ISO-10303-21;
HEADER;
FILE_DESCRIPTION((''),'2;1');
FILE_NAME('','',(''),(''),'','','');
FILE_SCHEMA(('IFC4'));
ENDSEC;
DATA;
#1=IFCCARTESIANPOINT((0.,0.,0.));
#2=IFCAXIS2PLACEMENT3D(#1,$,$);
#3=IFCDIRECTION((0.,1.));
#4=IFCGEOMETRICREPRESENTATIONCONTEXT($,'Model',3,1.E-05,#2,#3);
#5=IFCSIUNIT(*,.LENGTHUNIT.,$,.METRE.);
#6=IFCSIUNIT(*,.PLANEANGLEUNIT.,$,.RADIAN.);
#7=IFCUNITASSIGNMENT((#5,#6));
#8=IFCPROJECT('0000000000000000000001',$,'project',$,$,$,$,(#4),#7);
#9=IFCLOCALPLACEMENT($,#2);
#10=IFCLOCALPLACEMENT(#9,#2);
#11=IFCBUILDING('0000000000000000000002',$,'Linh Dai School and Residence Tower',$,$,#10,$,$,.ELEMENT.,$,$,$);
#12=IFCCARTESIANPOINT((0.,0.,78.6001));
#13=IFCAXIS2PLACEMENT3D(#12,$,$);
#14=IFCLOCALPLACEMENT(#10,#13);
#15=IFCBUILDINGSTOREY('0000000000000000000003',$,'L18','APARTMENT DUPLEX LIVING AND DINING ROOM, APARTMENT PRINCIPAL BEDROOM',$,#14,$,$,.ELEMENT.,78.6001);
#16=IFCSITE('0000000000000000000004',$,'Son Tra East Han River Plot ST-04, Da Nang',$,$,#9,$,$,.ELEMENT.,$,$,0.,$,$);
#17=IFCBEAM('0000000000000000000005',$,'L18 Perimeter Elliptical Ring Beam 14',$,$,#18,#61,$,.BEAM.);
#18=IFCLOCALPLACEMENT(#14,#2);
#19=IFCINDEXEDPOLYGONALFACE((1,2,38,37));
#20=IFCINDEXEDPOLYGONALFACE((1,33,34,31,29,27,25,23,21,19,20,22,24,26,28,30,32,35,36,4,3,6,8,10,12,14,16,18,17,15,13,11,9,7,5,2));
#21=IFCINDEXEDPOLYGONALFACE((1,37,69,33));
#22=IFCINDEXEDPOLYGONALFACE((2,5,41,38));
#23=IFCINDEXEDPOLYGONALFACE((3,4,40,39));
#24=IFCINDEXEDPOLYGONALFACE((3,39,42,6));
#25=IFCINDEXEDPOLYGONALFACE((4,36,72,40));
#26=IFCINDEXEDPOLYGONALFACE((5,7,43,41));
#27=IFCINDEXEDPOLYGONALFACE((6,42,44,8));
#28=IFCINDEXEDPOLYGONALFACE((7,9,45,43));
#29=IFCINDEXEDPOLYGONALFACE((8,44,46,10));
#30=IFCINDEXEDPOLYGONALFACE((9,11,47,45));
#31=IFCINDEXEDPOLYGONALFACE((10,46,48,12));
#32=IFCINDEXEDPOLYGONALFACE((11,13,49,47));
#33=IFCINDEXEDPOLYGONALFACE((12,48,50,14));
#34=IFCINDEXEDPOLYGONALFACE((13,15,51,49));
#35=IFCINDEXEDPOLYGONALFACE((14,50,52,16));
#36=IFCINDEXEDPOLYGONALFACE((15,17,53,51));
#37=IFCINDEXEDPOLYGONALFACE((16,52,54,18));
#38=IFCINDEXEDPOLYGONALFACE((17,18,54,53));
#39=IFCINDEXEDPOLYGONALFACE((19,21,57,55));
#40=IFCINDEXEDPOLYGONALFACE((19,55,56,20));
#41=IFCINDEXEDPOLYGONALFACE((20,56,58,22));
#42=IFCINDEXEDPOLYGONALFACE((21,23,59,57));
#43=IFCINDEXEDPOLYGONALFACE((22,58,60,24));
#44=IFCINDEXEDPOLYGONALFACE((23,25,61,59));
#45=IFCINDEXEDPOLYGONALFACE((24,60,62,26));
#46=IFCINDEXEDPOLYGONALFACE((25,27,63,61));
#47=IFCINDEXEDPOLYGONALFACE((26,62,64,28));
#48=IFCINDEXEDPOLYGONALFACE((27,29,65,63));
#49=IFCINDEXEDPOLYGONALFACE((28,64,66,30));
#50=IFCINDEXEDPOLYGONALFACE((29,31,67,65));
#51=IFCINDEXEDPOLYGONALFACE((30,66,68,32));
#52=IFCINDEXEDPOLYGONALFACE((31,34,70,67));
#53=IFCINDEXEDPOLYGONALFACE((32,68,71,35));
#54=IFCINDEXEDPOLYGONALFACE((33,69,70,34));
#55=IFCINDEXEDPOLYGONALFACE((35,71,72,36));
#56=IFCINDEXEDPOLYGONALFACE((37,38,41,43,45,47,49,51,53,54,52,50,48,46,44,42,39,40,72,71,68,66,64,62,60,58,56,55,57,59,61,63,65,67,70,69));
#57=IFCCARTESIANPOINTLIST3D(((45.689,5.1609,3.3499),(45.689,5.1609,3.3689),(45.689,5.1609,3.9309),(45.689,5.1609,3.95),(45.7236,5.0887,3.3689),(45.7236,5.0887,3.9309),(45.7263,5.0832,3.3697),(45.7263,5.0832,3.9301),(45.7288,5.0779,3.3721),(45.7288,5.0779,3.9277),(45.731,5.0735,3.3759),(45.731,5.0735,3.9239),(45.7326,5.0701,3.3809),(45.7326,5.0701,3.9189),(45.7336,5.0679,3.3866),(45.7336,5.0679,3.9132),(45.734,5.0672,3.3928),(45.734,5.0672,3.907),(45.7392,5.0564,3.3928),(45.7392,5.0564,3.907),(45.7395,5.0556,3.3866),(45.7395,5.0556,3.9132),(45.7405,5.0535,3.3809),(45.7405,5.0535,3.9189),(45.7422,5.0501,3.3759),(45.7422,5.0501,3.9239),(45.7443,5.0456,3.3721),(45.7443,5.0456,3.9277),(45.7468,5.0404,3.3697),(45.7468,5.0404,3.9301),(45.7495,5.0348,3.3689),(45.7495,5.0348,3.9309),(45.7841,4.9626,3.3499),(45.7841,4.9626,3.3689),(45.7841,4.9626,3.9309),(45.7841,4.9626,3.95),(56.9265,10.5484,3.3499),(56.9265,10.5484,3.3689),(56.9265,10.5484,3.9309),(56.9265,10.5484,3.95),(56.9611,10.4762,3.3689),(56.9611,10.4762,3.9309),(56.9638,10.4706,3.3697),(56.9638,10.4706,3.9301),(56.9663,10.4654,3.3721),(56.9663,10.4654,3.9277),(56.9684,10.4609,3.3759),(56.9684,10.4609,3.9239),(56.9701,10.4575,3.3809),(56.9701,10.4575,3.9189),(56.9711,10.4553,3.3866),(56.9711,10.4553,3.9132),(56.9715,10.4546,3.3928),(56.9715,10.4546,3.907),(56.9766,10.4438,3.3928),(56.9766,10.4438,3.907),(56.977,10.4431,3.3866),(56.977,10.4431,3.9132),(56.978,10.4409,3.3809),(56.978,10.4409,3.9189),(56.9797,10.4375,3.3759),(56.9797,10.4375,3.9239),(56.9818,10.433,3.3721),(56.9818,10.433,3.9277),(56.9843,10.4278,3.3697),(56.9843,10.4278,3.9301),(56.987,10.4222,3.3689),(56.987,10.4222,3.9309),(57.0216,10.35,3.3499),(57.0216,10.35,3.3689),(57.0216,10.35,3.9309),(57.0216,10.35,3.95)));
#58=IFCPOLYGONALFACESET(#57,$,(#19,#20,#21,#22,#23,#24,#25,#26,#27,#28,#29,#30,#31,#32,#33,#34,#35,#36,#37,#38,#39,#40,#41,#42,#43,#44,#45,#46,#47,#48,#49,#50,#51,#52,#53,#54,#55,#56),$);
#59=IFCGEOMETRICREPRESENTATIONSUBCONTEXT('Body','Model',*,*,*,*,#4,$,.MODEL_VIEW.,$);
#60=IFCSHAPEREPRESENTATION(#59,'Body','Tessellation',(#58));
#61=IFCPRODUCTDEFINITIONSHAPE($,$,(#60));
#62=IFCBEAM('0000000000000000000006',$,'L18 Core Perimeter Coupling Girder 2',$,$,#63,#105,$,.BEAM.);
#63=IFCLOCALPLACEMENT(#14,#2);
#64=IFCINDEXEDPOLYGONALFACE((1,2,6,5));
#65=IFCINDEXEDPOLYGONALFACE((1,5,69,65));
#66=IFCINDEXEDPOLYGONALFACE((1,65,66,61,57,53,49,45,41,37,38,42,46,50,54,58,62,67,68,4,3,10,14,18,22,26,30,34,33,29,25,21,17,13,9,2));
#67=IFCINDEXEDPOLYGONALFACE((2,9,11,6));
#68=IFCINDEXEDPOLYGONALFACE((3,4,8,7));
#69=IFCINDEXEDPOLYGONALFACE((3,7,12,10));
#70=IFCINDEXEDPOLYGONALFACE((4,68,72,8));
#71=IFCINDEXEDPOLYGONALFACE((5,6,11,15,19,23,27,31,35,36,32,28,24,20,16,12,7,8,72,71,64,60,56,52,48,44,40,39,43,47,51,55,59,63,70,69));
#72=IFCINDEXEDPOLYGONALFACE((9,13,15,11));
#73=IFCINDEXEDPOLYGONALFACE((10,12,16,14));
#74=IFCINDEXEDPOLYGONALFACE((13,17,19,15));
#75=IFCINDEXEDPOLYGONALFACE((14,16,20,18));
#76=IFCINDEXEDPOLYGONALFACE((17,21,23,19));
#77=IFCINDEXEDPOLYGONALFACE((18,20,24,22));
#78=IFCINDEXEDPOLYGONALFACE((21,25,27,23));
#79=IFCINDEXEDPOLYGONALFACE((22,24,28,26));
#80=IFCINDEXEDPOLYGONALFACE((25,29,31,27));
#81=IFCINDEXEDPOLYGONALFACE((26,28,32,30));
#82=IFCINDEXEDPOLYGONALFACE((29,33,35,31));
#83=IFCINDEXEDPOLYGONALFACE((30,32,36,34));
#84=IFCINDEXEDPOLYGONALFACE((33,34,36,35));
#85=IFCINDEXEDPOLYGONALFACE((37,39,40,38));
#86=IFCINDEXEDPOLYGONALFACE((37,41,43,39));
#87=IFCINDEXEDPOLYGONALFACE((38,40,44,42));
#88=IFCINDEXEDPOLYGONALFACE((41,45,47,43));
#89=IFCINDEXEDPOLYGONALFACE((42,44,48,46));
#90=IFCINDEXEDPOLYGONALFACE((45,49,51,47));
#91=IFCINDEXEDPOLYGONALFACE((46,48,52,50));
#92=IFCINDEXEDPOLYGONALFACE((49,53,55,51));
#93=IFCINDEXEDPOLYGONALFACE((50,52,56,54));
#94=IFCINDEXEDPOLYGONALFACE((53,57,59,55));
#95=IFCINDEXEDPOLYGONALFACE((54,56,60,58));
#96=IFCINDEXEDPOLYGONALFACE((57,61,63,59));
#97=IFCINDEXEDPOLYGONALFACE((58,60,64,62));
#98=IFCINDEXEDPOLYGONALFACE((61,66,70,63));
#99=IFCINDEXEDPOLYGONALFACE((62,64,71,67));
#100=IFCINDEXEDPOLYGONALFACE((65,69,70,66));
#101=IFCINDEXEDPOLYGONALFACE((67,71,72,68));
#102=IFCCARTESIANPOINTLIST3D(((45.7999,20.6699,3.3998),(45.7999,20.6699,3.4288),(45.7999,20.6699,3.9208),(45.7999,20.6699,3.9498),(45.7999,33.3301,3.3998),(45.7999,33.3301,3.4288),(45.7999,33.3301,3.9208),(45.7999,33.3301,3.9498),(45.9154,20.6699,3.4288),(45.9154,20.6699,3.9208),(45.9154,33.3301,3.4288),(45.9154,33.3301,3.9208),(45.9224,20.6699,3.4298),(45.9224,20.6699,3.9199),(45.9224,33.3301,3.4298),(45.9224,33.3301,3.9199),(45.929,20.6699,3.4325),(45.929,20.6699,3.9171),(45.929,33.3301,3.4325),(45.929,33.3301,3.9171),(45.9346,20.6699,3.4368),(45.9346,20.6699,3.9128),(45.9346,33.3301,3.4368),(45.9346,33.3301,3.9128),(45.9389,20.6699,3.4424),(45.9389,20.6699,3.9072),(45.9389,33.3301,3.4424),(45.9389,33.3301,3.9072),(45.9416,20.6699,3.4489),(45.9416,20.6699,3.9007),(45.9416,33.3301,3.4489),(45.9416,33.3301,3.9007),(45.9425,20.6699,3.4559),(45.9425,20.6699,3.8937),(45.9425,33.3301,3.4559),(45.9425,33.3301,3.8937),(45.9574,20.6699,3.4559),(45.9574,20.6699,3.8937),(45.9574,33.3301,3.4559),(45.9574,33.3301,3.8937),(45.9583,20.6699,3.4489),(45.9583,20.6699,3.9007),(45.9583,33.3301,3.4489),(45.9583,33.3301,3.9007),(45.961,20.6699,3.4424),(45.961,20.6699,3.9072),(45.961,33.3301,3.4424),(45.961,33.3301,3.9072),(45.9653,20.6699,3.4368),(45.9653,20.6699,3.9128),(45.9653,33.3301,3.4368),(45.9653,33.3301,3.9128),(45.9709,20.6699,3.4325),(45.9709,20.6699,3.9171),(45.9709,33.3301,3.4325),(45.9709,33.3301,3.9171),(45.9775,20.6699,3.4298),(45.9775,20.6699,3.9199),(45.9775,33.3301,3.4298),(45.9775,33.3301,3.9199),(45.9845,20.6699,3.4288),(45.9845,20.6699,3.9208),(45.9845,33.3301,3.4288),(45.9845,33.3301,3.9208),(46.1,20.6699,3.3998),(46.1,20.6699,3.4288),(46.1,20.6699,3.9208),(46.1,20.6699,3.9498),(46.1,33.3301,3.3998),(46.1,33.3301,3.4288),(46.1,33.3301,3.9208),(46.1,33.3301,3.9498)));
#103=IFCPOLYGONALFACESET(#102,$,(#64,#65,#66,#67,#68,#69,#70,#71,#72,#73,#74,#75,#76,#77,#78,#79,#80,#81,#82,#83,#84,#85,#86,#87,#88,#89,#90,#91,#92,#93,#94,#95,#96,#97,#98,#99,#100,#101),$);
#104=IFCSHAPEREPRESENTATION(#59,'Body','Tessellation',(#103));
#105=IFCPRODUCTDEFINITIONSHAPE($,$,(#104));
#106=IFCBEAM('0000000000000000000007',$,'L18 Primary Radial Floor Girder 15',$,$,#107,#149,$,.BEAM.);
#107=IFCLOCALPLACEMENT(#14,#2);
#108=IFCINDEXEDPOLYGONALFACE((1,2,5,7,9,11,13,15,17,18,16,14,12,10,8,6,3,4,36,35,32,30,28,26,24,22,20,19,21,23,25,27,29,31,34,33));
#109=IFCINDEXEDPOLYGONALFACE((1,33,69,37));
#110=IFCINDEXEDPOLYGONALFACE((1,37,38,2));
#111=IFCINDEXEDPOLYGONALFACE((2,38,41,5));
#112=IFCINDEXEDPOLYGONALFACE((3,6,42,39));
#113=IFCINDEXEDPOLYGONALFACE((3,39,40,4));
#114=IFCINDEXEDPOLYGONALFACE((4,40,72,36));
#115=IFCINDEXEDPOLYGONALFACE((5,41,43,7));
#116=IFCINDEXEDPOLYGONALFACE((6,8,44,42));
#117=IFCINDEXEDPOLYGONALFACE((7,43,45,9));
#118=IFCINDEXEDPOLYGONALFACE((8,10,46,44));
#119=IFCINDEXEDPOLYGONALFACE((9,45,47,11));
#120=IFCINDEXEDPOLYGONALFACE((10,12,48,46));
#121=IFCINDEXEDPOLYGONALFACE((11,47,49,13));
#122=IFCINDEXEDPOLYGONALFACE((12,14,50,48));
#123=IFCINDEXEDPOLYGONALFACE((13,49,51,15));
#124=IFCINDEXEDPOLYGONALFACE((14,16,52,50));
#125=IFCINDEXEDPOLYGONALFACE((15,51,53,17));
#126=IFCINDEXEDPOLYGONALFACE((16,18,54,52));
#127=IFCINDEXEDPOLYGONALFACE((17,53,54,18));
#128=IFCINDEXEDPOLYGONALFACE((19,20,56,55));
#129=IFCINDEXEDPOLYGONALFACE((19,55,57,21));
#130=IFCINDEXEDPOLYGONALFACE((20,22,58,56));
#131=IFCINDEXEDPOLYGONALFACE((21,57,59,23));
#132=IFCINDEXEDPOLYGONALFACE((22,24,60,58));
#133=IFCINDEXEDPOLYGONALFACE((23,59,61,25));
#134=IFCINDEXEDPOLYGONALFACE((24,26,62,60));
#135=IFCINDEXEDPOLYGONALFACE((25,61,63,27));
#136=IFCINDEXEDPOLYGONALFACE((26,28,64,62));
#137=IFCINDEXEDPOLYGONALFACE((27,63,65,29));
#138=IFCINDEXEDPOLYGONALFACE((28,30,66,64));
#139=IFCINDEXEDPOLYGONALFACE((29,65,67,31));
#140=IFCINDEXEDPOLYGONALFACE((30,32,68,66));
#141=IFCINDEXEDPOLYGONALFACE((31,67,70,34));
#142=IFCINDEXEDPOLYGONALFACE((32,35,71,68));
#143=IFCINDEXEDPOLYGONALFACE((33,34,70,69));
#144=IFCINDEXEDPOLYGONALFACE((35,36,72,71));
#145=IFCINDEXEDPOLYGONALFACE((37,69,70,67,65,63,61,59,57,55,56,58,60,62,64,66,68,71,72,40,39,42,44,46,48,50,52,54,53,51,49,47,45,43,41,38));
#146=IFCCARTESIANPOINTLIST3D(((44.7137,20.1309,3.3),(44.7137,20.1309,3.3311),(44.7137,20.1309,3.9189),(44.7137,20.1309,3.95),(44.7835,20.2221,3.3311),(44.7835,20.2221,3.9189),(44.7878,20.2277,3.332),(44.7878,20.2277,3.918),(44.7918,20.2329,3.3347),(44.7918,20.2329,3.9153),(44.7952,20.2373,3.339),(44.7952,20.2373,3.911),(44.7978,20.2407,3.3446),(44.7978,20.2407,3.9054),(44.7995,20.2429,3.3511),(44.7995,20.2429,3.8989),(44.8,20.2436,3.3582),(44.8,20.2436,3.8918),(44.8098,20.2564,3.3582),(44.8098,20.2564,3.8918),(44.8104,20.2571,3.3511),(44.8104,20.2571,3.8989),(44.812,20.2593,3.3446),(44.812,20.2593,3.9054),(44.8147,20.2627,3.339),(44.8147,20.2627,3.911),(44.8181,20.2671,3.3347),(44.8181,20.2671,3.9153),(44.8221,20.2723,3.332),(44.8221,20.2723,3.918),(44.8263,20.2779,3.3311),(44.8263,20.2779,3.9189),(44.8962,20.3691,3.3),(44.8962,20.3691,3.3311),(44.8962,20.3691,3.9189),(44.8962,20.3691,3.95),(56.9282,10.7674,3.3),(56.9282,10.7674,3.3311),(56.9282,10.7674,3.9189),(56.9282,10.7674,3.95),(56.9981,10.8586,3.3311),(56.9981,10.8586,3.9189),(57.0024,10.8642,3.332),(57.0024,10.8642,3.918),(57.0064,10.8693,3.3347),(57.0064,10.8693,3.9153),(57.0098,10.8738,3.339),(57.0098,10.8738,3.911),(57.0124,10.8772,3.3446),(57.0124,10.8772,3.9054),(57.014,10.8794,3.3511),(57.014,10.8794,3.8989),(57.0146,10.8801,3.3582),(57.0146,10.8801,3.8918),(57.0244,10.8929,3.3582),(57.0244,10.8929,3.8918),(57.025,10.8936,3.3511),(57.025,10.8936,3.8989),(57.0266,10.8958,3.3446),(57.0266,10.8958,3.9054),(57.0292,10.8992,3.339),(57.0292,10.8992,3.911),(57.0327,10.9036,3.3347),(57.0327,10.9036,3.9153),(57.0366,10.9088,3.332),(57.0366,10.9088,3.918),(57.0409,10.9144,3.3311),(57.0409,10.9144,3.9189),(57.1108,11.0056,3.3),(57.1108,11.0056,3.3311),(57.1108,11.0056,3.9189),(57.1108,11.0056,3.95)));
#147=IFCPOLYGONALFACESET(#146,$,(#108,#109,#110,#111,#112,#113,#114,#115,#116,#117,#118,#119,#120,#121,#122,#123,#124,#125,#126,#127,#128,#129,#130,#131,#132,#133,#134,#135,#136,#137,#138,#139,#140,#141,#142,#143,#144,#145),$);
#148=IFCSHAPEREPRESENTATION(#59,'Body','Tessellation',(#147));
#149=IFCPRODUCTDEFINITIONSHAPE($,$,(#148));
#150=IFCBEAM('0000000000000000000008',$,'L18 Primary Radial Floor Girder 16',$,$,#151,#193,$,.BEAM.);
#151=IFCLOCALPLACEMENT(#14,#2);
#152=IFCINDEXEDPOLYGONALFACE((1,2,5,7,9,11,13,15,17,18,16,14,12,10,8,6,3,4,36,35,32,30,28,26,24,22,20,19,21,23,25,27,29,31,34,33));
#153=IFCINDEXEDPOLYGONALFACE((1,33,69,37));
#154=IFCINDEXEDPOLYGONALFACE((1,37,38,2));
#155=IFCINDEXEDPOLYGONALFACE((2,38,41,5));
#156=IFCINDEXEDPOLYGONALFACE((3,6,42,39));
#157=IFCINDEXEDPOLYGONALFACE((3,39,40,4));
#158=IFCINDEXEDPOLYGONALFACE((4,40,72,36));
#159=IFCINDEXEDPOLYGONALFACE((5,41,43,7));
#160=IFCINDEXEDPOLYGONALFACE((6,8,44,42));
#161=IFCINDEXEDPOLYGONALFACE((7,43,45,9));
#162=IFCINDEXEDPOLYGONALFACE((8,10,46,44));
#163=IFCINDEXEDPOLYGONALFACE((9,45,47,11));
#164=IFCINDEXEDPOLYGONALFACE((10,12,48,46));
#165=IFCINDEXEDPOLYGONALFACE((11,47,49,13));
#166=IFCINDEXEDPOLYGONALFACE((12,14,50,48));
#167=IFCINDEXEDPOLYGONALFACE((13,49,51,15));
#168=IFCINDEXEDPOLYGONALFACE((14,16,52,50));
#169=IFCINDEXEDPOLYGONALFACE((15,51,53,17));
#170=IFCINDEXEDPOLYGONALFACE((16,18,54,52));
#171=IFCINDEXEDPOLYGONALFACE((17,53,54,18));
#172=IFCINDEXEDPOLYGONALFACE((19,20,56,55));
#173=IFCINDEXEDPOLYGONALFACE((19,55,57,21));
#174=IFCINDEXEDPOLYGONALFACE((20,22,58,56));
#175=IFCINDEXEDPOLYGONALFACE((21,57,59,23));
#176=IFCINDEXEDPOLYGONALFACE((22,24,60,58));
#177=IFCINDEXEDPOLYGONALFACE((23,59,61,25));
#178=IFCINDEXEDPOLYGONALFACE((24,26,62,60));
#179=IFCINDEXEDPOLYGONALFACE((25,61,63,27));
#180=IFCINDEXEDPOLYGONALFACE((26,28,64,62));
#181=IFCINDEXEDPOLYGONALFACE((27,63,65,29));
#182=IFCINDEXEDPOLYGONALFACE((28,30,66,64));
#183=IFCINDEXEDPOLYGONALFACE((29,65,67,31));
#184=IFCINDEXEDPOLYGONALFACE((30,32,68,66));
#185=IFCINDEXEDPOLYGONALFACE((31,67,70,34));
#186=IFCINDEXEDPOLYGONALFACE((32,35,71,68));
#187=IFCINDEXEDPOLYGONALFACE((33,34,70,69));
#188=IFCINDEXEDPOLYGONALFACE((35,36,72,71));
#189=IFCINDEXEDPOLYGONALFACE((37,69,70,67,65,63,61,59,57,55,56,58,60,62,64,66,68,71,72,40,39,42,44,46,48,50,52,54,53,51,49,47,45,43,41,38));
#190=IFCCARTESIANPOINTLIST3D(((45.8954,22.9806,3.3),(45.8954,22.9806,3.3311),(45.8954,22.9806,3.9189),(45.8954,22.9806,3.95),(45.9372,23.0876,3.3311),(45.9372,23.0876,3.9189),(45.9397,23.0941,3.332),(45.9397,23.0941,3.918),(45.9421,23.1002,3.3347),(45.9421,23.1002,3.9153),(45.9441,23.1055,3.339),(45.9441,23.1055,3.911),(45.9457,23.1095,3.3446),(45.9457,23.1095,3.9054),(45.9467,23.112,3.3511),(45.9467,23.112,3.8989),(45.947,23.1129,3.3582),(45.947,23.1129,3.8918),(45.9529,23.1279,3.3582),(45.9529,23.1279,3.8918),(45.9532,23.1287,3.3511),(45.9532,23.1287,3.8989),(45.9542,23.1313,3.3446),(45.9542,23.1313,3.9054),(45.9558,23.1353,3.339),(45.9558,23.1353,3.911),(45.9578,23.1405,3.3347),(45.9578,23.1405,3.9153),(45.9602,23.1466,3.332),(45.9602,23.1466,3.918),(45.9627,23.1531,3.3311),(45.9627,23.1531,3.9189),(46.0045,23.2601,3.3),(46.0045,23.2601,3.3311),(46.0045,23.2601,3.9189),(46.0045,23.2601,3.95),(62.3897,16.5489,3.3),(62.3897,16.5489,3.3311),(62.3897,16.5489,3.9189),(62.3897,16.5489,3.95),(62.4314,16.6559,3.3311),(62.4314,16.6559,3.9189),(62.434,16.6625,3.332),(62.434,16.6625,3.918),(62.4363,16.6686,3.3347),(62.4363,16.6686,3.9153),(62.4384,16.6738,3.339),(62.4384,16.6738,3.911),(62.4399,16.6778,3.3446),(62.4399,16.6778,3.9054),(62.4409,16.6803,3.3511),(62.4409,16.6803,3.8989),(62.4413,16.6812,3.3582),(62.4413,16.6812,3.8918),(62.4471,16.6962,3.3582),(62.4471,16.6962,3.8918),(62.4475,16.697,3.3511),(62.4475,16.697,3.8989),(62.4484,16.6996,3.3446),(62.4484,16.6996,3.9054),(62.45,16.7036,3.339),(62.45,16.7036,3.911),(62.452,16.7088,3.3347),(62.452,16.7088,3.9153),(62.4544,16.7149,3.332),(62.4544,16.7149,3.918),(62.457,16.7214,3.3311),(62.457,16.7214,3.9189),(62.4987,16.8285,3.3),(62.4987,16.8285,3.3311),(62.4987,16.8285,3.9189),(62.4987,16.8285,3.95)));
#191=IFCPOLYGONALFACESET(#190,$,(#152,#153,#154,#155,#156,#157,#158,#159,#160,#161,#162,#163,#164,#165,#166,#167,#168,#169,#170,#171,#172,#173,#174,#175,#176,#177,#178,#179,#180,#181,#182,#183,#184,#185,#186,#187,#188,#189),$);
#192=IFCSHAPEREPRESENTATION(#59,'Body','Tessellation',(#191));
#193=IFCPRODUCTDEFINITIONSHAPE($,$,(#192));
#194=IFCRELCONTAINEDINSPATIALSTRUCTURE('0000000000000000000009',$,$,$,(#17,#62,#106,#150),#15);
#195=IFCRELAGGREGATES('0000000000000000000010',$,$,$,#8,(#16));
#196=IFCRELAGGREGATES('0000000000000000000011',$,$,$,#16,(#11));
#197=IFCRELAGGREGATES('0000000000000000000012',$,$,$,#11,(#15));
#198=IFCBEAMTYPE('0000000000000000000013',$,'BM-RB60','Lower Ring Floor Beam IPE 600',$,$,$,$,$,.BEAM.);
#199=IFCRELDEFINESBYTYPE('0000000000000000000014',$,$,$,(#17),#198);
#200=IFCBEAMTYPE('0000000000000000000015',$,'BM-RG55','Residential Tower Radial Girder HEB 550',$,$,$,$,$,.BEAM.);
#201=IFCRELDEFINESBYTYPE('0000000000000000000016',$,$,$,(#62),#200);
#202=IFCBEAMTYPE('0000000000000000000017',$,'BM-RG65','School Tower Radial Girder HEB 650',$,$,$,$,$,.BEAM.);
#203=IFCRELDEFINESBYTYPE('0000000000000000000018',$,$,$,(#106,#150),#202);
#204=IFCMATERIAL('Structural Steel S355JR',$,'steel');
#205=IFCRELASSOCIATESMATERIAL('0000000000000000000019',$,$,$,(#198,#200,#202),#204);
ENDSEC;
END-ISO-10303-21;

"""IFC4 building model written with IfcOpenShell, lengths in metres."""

from ifc_helpers import new_model, si_unit, direction, frame, origin, origin_2d, place, context, subcontext, project, spatial, i_section, extrude, material, material_profile, profile_set, type_object, element, save


model = new_model("IFC4")

# Units and contexts
model_context = context("Model", 3, precision=1e-05, world=origin(), true_north=direction((0.0, 1.0)))
body_context = subcontext(model_context, "Body", "Model", "MODEL_VIEW")
ifc_project = project(units=[si_unit("LENGTHUNIT", "METRE"), si_unit("PLANEANGLEUNIT", "RADIAN")], contexts=[model_context])

# Site, building, storey
site_placement = place(None, origin())
site = spatial("IfcSite", under=ifc_project, at=site_placement, Name="Son Tra East Han River Plot ST-04, Da Nang", CompositionType="ELEMENT", RefElevation=0.0)
building_placement = place(site_placement, origin())
building = spatial("IfcBuilding", under=site, at=building_placement, Name="Linh Dai School and Residence Tower", CompositionType="ELEMENT")
storey_placement = place(building_placement, frame((0.0, 0.0, 78.6001)))
storey = spatial("IfcBuildingStorey", under=building, at=storey_placement, Name="L18", Description="APARTMENT DUPLEX LIVING AND DINING ROOM, APARTMENT PRINCIPAL BEDROOM", CompositionType="ELEMENT", Elevation=78.6001)

# Shared definitions
ifc_material_1 = material(Name="Structural Steel S355JR", Category="steel")

# Beams
ifc_material_profile_1 = material_profile(ifc_material_1, i_section(OverallWidth=0.22, OverallDepth=0.6001, WebThickness=0.012, FlangeThickness=0.019, FilletRadius=0.0239, at=origin_2d()), Name="IPE 600")
ifc_profile_set_1 = profile_set([ifc_material_profile_1], Name="Structural Steel S355JR")
beam_type_1 = type_object("IfcBeamType", Name="BM-RB60", Description="Lower Ring Floor Beam IPE 600", PredefinedType="BEAM", material=ifc_profile_set_1)
beam_1_placement = place(storey_placement, frame((45.7366, 5.0618, 3.6499), z_axis=(0.901729, 0.432302, 0.0), x_axis=(-0.432302, 0.901729, 0.0)))
element("IfcBeam", 1, at=beam_1_placement, inside=storey, type_object=beam_type_1, Name="L18 Perimeter Elliptical Ring Beam 14", PredefinedType="BEAM", context=body_context, shape_type="SweptSolid", body=[
    extrude(i_section(OverallWidth=0.22, OverallDepth=0.6001, WebThickness=0.012, FlangeThickness=0.019, FilletRadius=0.0239, at=origin_2d()), origin(), (0.0, 0.0, 1.0), 12.4622),
])
ifc_material_profile_2 = material_profile(ifc_material_1, i_section(OverallWidth=0.3, OverallDepth=0.55, WebThickness=0.0149, FlangeThickness=0.0291, FilletRadius=0.0271, at=origin_2d()), Name="HEB 550")
ifc_profile_set_2 = profile_set([ifc_material_profile_2], Name="Structural Steel S355JR")
beam_type_2 = type_object("IfcBeamType", Name="BM-RG55", Description="Residential Tower Radial Girder HEB 550", PredefinedType="BEAM", material=ifc_profile_set_2)
beam_2_placement = place(storey_placement, frame((45.95, 20.6699, 3.6748), z_axis=(0.0, 1.0, 0.0), x_axis=(-1.0, 0.0, 0.0)))
element("IfcBeam", 2, at=beam_2_placement, inside=storey, type_object=beam_type_2, Name="L18 Core Perimeter Coupling Girder 2", PredefinedType="BEAM", context=body_context, shape_type="SweptSolid", body=[
    extrude(i_section(OverallWidth=0.3, OverallDepth=0.55, WebThickness=0.0149, FlangeThickness=0.0291, FilletRadius=0.0271, at=origin_2d()), origin(), (0.0, 0.0, 1.0), 12.6602),
])
ifc_material_profile_3 = material_profile(ifc_material_1, i_section(OverallWidth=0.3, OverallDepth=0.6499, WebThickness=0.0161, FlangeThickness=0.031, FilletRadius=0.0271, at=origin_2d()), Name="HEB 650")
ifc_profile_set_3 = profile_set([ifc_material_profile_3], Name="Structural Steel S355JR")
beam_type_3 = type_object("IfcBeamType", Name="BM-RG65", Description="School Tower Radial Girder HEB 650", PredefinedType="BEAM", material=ifc_profile_set_3)
beam_3_placement = place(storey_placement, frame((44.8049, 20.25, 3.625), z_axis=(0.793638, -0.608391, 0.0), x_axis=(0.608391, 0.793638, 0.0)))
element("IfcBeam", 3, at=beam_3_placement, inside=storey, type_object=beam_type_3, Name="L18 Primary Radial Floor Girder 15", PredefinedType="BEAM", context=body_context, shape_type="SweptSolid", body=[
    extrude(i_section(OverallWidth=0.3, OverallDepth=0.6499, WebThickness=0.0161, FlangeThickness=0.031, FilletRadius=0.0271, at=origin_2d()), origin(), (0.0, 0.0, 1.0), 15.3906),
])
beam_4_placement = place(storey_placement, frame((45.95, 23.1204, 3.625), z_axis=(0.931675, -0.363293, 0.0), x_axis=(0.363293, 0.931675, 0.0)))
element("IfcBeam", 4, at=beam_4_placement, inside=storey, type_object=beam_type_3, Name="L18 Primary Radial Floor Girder 16", PredefinedType="BEAM", context=body_context, shape_type="SweptSolid", body=[
    extrude(i_section(OverallWidth=0.3, OverallDepth=0.6499, WebThickness=0.0161, FlangeThickness=0.031, FilletRadius=0.0271, at=origin_2d()), origin(), (0.0, 0.0, 1.0), 17.7039),
])

save(model, "model.ifc")
